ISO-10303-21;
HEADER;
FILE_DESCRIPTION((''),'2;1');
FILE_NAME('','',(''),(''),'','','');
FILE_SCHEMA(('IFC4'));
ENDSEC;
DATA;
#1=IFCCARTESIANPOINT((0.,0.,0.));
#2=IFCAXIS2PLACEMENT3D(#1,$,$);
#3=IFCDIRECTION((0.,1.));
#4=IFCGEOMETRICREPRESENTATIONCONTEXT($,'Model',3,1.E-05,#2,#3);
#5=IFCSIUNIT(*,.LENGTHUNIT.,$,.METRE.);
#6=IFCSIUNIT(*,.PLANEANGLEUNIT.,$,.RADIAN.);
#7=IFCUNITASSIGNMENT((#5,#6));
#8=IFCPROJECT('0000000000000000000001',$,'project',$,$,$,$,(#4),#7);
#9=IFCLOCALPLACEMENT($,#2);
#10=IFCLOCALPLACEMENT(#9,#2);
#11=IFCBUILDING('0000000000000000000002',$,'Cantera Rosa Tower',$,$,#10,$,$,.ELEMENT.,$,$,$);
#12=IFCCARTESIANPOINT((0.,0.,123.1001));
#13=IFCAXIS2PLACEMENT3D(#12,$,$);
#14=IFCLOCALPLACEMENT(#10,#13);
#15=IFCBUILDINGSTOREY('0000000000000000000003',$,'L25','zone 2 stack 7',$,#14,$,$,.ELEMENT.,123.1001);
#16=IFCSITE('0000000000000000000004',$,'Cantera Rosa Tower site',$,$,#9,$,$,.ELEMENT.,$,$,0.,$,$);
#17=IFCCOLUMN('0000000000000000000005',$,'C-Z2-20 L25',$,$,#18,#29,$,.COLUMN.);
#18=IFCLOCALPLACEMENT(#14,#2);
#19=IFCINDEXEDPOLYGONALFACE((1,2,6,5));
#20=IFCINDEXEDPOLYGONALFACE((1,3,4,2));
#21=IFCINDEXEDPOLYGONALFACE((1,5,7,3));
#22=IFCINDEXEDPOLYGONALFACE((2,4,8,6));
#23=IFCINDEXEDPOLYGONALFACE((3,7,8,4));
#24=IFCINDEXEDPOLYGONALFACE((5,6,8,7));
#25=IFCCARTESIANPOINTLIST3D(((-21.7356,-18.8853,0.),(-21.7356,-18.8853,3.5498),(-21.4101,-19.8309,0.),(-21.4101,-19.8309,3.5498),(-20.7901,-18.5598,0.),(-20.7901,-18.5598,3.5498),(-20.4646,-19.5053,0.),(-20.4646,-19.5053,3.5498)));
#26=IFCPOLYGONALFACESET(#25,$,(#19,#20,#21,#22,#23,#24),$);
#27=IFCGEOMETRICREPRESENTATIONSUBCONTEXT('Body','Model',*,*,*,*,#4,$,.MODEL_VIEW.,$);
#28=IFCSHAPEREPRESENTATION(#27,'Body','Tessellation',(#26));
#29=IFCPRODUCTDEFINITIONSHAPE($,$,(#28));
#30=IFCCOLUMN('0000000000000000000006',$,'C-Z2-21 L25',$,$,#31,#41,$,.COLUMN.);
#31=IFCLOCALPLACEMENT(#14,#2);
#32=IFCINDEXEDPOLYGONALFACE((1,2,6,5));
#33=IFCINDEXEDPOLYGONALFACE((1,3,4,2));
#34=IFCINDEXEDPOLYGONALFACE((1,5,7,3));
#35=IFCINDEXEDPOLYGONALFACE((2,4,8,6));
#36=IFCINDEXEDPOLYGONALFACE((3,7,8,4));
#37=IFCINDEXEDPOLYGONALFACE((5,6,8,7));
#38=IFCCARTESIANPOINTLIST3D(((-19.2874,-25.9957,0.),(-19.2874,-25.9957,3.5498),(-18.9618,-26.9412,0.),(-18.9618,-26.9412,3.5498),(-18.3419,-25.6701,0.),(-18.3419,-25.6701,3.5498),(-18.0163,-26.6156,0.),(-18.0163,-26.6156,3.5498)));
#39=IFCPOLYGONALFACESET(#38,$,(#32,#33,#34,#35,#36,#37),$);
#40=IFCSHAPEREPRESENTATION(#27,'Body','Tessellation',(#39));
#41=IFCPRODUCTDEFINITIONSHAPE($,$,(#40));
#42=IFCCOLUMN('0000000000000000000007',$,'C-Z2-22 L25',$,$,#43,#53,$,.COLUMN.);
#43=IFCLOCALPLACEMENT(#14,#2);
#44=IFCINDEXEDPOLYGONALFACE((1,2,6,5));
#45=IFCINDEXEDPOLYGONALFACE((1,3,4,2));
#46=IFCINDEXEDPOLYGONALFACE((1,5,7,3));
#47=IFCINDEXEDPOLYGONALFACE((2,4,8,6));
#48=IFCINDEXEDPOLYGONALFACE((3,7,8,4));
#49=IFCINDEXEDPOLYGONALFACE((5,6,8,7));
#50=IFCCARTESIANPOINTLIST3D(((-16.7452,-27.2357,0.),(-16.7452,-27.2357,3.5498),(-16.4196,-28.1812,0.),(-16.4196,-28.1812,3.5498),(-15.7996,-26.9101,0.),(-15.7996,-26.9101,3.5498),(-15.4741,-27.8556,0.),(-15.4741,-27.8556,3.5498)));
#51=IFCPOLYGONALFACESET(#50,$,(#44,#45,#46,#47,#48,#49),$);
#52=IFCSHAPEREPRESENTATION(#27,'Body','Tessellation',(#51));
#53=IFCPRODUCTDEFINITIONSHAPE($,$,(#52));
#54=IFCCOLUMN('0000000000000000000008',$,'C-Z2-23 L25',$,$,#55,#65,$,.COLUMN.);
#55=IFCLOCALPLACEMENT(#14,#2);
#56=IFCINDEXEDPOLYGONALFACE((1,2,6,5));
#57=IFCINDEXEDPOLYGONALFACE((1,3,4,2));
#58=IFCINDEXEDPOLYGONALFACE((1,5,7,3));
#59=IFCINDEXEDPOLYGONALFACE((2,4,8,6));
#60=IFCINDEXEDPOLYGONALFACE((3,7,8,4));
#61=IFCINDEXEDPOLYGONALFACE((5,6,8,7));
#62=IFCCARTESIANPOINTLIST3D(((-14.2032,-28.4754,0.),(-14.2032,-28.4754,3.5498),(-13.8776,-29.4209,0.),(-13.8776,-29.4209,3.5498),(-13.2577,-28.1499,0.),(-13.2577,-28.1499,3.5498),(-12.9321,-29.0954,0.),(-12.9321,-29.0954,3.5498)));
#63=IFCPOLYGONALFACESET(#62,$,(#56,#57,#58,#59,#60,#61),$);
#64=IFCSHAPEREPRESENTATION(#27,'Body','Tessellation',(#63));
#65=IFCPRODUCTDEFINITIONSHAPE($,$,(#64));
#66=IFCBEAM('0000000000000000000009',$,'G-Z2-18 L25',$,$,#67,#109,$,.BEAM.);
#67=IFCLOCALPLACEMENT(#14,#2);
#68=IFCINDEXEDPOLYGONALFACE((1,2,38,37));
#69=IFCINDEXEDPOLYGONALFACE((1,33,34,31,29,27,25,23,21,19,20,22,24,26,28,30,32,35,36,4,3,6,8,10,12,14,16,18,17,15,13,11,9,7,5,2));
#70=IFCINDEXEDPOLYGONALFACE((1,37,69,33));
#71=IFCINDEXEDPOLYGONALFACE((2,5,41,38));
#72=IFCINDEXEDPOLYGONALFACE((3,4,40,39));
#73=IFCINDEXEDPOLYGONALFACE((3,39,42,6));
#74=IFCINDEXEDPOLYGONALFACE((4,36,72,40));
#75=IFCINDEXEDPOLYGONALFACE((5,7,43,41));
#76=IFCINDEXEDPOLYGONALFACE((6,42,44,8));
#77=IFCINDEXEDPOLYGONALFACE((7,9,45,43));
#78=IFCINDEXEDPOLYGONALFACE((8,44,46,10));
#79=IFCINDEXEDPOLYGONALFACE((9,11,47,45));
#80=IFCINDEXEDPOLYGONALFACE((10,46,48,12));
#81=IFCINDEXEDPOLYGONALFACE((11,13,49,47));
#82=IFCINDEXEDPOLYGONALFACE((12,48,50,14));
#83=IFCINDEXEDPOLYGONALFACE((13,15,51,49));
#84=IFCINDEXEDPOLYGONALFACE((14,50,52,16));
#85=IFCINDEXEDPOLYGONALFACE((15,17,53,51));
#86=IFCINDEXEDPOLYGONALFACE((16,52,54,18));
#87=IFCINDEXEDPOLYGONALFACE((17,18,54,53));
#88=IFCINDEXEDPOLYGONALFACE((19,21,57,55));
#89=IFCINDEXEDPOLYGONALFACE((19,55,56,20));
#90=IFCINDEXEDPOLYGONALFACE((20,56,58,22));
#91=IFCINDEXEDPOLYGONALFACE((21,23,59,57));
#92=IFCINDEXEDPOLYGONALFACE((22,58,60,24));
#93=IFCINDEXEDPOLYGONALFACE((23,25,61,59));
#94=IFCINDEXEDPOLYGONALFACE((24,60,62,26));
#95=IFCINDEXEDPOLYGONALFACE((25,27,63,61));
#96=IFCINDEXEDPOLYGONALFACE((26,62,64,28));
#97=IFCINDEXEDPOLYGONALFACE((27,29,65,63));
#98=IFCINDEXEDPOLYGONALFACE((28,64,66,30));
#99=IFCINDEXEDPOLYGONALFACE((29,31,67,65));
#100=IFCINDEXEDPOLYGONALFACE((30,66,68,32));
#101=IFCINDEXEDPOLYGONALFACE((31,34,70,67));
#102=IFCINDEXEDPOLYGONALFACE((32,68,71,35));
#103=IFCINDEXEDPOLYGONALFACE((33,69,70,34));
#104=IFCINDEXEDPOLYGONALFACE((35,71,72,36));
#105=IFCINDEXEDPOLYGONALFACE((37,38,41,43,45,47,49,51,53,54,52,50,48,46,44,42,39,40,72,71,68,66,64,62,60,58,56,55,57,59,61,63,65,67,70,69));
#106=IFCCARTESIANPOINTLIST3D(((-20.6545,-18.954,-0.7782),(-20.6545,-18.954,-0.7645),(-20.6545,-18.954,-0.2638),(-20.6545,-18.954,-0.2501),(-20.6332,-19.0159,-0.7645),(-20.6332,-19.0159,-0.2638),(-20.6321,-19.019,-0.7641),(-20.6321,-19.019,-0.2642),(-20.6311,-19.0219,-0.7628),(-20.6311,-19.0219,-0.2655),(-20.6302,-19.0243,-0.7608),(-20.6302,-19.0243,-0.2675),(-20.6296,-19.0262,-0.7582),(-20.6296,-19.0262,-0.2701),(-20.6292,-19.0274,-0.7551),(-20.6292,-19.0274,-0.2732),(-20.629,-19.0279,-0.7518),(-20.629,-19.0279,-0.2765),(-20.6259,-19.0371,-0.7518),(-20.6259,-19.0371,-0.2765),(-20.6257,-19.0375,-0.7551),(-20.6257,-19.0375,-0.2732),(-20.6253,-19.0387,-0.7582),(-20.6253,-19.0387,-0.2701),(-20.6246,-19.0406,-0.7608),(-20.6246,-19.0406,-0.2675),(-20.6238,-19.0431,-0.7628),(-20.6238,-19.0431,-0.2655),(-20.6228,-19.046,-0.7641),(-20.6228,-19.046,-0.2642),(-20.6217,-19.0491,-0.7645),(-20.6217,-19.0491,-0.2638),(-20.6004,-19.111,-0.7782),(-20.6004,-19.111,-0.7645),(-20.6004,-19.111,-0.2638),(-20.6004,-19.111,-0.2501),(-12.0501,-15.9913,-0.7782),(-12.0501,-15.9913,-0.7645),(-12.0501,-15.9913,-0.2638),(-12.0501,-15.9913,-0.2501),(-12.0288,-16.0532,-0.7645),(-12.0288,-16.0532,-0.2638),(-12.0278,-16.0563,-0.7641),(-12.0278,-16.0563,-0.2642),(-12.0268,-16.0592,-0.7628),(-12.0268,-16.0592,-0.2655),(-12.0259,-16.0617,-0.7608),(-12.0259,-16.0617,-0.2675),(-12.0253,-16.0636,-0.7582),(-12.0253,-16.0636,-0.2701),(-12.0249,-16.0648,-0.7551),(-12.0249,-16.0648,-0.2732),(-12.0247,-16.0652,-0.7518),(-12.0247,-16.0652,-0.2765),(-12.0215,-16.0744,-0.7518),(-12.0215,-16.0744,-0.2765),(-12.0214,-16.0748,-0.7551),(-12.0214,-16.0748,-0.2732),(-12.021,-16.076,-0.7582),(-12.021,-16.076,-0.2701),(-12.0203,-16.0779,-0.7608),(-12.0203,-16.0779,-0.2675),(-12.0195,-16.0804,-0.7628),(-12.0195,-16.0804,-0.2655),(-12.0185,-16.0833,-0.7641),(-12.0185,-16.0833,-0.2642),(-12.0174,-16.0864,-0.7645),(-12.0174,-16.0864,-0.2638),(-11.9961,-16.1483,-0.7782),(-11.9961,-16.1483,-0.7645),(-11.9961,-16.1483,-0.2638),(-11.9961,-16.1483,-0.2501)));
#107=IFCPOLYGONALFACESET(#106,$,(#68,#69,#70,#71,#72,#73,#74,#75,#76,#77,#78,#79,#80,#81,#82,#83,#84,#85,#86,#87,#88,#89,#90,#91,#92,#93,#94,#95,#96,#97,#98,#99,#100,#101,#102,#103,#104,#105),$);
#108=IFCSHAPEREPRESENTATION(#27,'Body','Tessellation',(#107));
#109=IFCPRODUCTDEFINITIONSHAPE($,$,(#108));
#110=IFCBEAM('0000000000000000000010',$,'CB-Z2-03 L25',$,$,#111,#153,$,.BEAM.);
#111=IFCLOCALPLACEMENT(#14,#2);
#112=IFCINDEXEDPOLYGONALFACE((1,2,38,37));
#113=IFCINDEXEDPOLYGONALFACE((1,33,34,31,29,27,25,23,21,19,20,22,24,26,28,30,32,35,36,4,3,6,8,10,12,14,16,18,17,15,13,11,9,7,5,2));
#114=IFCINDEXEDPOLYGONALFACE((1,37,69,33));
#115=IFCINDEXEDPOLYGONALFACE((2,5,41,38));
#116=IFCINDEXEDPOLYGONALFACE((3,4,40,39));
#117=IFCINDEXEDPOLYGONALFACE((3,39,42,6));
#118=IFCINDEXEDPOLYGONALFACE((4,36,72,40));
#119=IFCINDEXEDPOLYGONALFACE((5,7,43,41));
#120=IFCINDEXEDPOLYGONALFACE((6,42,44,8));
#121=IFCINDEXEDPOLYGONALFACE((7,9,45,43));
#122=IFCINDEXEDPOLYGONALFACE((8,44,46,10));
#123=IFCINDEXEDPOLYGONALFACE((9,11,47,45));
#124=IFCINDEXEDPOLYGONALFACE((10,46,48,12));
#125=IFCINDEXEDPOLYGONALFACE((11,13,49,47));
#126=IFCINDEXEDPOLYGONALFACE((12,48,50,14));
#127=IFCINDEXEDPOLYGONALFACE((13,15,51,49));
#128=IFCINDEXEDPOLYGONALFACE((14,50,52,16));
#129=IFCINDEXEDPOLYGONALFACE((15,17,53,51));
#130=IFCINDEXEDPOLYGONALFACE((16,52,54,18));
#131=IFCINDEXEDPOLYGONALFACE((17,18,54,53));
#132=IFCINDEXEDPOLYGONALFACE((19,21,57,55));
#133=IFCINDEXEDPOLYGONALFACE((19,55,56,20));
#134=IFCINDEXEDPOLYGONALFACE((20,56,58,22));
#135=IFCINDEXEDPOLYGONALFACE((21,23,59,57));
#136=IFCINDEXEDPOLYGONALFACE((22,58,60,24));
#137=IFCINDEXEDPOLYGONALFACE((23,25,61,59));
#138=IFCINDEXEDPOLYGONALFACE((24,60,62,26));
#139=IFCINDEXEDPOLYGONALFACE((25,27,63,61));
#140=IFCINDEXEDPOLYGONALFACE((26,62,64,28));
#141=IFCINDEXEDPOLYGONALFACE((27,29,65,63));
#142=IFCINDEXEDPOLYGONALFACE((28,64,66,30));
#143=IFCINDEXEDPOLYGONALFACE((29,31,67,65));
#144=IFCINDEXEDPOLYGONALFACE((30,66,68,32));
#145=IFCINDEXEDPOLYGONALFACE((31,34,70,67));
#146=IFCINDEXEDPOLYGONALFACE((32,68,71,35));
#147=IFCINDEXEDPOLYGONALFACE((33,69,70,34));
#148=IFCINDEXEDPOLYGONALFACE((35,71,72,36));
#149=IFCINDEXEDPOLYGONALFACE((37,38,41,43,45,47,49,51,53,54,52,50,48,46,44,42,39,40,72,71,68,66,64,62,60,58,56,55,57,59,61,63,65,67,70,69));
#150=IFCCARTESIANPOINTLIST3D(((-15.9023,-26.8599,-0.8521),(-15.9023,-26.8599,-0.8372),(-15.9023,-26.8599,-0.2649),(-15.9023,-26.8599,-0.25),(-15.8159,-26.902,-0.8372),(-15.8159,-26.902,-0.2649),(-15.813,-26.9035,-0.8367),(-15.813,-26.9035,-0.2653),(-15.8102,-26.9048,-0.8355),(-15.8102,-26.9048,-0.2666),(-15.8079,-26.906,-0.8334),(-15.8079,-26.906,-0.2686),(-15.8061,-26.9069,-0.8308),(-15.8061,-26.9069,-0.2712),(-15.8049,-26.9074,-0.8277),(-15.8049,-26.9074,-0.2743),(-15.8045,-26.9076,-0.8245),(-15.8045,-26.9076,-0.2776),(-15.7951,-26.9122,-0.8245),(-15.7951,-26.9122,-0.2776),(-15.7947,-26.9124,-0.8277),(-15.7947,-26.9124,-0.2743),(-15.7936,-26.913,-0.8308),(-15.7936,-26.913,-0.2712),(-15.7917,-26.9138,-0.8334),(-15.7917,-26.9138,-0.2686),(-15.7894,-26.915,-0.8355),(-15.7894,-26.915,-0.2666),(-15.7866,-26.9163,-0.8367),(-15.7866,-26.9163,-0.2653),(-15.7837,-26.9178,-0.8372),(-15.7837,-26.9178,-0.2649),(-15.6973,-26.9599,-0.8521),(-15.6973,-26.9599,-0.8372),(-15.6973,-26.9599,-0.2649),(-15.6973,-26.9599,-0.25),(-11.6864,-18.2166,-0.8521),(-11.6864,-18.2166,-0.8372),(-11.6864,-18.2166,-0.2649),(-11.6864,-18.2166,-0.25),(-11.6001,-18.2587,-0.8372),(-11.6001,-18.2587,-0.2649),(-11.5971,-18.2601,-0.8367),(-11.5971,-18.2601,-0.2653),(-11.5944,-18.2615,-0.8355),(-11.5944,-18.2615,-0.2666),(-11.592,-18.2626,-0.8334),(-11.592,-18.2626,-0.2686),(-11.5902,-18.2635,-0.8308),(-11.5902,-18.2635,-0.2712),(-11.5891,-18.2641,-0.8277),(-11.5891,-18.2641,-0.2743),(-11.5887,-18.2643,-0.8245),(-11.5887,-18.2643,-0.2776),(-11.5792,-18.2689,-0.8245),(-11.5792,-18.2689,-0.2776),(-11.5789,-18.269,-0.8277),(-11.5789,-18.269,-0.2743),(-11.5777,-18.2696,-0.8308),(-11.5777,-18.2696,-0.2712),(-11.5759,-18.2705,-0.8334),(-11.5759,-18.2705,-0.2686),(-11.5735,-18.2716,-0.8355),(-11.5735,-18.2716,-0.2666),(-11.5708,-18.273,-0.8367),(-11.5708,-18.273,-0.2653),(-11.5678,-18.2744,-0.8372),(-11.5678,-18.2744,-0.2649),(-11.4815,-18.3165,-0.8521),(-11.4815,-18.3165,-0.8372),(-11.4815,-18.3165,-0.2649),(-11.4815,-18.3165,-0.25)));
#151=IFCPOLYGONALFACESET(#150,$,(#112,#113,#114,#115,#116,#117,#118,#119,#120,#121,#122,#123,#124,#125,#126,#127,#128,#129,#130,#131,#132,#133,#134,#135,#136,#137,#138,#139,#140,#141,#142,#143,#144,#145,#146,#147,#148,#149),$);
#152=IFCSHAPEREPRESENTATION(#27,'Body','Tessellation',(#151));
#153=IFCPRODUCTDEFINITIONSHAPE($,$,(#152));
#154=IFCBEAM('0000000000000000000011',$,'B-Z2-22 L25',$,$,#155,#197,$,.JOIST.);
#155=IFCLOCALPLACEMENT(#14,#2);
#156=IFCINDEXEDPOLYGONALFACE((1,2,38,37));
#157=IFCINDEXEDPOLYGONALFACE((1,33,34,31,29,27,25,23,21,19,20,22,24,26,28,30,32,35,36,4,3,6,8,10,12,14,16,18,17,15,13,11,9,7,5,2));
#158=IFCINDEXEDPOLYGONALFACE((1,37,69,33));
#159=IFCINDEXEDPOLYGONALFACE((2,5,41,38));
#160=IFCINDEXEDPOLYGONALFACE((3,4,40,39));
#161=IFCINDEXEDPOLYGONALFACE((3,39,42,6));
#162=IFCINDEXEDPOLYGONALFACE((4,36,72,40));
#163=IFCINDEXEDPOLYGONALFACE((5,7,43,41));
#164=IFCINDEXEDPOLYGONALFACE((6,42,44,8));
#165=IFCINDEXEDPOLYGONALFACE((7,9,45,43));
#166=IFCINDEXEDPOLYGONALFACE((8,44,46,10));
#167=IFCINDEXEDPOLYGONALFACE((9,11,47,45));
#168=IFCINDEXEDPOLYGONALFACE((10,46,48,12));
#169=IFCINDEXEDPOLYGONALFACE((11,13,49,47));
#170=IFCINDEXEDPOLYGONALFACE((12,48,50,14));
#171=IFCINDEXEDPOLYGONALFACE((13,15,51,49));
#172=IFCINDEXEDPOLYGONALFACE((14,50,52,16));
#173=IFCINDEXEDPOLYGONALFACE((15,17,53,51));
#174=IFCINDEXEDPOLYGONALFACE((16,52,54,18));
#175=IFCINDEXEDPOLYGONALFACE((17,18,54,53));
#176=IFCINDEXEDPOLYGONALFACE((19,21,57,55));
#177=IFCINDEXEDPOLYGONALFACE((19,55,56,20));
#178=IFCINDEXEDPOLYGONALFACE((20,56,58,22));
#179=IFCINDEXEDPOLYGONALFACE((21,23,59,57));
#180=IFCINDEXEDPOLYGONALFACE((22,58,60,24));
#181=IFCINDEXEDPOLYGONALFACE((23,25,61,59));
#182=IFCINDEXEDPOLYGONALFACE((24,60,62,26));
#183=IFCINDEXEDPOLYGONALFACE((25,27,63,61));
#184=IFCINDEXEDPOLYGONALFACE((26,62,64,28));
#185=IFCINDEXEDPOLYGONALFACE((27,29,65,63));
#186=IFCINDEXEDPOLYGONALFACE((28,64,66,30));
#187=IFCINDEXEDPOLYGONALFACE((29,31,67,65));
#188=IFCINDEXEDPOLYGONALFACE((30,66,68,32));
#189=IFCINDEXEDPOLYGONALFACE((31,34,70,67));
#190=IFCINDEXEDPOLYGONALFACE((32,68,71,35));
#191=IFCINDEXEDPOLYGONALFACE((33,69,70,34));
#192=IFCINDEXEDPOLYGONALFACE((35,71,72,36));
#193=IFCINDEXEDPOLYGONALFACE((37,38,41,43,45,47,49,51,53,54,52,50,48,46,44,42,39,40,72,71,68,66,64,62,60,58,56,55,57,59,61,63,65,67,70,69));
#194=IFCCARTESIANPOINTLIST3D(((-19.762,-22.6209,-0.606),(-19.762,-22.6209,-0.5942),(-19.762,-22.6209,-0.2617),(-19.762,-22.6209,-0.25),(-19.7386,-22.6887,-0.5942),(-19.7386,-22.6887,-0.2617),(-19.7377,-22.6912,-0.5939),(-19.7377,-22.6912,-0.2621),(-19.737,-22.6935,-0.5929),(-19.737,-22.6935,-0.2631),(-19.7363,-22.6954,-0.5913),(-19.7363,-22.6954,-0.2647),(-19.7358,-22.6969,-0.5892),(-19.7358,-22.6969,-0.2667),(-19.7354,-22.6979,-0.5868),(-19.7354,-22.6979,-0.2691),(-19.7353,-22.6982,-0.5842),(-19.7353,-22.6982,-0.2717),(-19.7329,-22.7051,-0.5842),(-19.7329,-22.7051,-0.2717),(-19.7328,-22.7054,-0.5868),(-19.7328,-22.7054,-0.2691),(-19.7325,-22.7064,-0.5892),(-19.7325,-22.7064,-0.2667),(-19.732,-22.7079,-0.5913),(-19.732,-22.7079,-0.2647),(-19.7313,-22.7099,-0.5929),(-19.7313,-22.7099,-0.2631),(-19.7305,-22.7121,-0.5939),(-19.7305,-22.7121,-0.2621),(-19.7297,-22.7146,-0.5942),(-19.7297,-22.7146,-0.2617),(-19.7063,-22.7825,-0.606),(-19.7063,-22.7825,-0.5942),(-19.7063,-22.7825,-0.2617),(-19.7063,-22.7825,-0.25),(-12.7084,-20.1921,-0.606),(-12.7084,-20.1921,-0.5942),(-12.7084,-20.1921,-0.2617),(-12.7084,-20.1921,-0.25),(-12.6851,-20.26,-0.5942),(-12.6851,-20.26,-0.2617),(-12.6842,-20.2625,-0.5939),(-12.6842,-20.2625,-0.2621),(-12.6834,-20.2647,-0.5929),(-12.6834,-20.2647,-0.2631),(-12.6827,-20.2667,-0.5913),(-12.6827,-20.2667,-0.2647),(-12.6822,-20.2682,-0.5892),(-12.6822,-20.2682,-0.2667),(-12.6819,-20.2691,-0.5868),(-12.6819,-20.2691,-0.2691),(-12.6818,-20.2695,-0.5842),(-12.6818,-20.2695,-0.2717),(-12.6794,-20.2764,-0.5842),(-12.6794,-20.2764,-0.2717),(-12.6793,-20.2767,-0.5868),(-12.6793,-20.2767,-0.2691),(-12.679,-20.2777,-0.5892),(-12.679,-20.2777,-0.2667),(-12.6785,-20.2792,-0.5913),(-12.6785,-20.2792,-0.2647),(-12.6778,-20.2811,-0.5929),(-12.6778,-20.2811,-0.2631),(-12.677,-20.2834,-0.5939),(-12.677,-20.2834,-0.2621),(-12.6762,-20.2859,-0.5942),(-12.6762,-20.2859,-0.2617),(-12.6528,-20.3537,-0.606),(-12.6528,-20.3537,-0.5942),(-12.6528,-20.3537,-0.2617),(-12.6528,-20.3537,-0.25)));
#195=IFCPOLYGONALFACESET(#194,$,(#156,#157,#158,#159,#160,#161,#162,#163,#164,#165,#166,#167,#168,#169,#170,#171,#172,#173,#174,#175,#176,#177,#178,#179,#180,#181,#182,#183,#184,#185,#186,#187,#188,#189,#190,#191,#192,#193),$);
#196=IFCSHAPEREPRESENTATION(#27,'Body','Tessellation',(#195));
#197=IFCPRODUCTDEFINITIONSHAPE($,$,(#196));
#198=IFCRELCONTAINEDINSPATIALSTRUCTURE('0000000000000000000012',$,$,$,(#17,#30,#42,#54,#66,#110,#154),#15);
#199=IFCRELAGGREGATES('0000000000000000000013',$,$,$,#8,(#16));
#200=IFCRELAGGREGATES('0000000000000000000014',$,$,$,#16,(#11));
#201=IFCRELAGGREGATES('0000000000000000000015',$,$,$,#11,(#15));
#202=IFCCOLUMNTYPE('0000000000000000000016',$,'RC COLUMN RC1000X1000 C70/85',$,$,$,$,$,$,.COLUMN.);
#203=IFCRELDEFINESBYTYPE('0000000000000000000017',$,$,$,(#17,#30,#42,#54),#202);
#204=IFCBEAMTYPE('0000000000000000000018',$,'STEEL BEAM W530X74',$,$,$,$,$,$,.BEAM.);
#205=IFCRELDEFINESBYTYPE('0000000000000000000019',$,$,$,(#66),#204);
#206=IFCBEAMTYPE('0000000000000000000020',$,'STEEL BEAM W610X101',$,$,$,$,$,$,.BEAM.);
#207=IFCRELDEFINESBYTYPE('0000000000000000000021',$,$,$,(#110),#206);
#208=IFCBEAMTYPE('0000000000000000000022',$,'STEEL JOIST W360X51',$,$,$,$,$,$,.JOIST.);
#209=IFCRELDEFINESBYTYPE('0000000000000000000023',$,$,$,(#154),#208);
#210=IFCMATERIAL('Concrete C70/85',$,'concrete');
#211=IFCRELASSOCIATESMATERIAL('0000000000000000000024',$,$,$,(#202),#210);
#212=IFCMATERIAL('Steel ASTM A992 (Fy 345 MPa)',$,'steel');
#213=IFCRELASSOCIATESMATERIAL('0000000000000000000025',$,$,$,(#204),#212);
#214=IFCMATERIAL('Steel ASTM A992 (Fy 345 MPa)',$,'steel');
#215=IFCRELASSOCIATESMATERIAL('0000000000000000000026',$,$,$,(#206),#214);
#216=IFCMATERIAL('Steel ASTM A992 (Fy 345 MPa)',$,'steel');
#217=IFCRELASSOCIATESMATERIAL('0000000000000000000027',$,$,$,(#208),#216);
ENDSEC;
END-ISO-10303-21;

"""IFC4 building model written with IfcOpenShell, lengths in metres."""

from ifc_helpers import new_model, si_unit, direction, frame, origin, origin_2d, place, context, subcontext, project, spatial, rectangle, i_section, extrude, material, material_profile, profile_set, type_object, element, save


model = new_model("IFC4")

# Units and contexts
model_context = context("Model", 3, precision=1e-05, world=origin(), true_north=direction((0.0, 1.0)))
body_context = subcontext(model_context, "Body", "Model", "MODEL_VIEW")
ifc_project = project(units=[si_unit("LENGTHUNIT", "METRE"), si_unit("PLANEANGLEUNIT", "RADIAN")], contexts=[model_context])

# Site, building, storey
site_placement = place(None, origin())
site = spatial("IfcSite", under=ifc_project, at=site_placement, Name="Cantera Rosa Tower site", CompositionType="ELEMENT", RefElevation=0.0)
building_placement = place(site_placement, origin())
building = spatial("IfcBuilding", under=site, at=building_placement, Name="Cantera Rosa Tower", CompositionType="ELEMENT")
storey_placement = place(building_placement, frame((0.0, 0.0, 123.1001)))
storey = spatial("IfcBuildingStorey", under=building, at=storey_placement, Name="L25", Description="zone 2 stack 7", CompositionType="ELEMENT", Elevation=123.1001)

# Columns
ifc_material_1 = material(Name="Concrete C70/85", Category="concrete")
ifc_material_profile_1 = material_profile(ifc_material_1, rectangle(XDim=1.0, YDim=1.0, at=origin_2d()), Name="RC COLUMN RC1000X1000 C70/85")
ifc_profile_set_1 = profile_set([ifc_material_profile_1], Name="Concrete C70/85")
column_type = type_object("IfcColumnType", Name="RC COLUMN RC1000X1000 C70/85", PredefinedType="COLUMN", material=ifc_profile_set_1)
for number, where, z_axis, x_axis, name in (
    (1, (-21.1001, -19.1953, 0.0), (0.0, 0.0, 1.0), (0.945519, 0.325568, 0.0), "C-Z2-20 L25"),
    (2, (-18.6519, -26.3057, 0.0), (0.0, 0.0, 1.0), (0.945519, 0.325568, 0.0), "C-Z2-21 L25"),
    (3, (-16.1096, -27.5457, 0.0), (0.0, 0.0, 1.0), (0.945519, 0.325568, 0.0), "C-Z2-22 L25"),
    (4, (-13.5676, -28.7854, 0.0), (0.0, 0.0, 1.0), (0.945519, 0.325568, 0.0), "C-Z2-23 L25"),
):
    element("IfcColumn", number, at=place(storey_placement, frame(where, z_axis=z_axis, x_axis=x_axis)), inside=storey, type_object=column_type, Name=name, PredefinedType="COLUMN", context=body_context, shape_type="SweptSolid", body=[
        extrude(rectangle(XDim=1.0, YDim=1.0, at=origin_2d()), origin(), (0.0, 0.0, 1.0), 3.5498),
    ])

# Beams
ifc_material_2 = material(Name="Steel ASTM A992 (Fy 345 MPa)", Category="steel")
ifc_material_profile_2 = material_profile(ifc_material_2, i_section(OverallWidth=0.166, OverallDepth=0.5281, WebThickness=0.0098, FlangeThickness=0.0137, FilletRadius=0.0127, at=origin_2d()), Name="W530X74")
ifc_profile_set_2 = profile_set([ifc_material_profile_2], Name="Steel ASTM A992 (Fy 345 MPa)")
beam_type_1 = type_object("IfcBeamType", Name="STEEL BEAM W530X74", PredefinedType="BEAM", material=ifc_profile_set_2)
beam_1_placement = place(storey_placement, frame((-20.6274, -19.0325, -0.5142), z_axis=(0.94552, 0.325565, 0.0), x_axis=(-0.325565, 0.94552, 0.0)))
element("IfcBeam", 5, at=beam_1_placement, inside=storey, type_object=beam_type_1, Name="G-Z2-18 L25", PredefinedType="BEAM", context=body_context, shape_type="SweptSolid", body=[
    extrude(i_section(OverallWidth=0.166, OverallDepth=0.5281, WebThickness=0.0098, FlangeThickness=0.0137, FilletRadius=0.0127, at=origin_2d()), origin(), (0.0, 0.0, 1.0), 9.1001),
])
ifc_material_3 = material(Name="Steel ASTM A992 (Fy 345 MPa)", Category="steel")
ifc_material_profile_3 = material_profile(ifc_material_3, i_section(OverallWidth=0.228, OverallDepth=0.6021, WebThickness=0.0105, FlangeThickness=0.0149, FilletRadius=0.0127, at=origin_2d()), Name="W610X101")
ifc_profile_set_3 = profile_set([ifc_material_profile_3], Name="Steel ASTM A992 (Fy 345 MPa)")
beam_type_2 = type_object("IfcBeamType", Name="STEEL BEAM W610X101", PredefinedType="BEAM", material=ifc_profile_set_3)
beam_2_placement = place(storey_placement, frame((-15.7998, -26.9099, -0.551), z_axis=(0.438388, 0.898786, 0.0), x_axis=(-0.898786, 0.438388, 0.0)))
element("IfcBeam", 6, at=beam_2_placement, inside=storey, type_object=beam_type_2, Name="CB-Z2-03 L25", PredefinedType="BEAM", context=body_context, shape_type="SweptSolid", body=[
    extrude(i_section(OverallWidth=0.228, OverallDepth=0.6021, WebThickness=0.0105, FlangeThickness=0.0149, FilletRadius=0.0127, at=origin_2d()), origin(), (0.0, 0.0, 1.0), 9.6167),
])
ifc_material_4 = material(Name="Steel ASTM A992 (Fy 345 MPa)", Category="steel")
ifc_material_profile_4 = material_profile(ifc_material_4, i_section(OverallWidth=0.1709, OverallDepth=0.356, WebThickness=0.0073, FlangeThickness=0.0117, FilletRadius=0.01, at=origin_2d()), Name="W360X51")
ifc_profile_set_4 = profile_set([ifc_material_profile_4], Name="Steel ASTM A992 (Fy 345 MPa)")
beam_type_3 = type_object("IfcBeamType", Name="STEEL JOIST W360X51", PredefinedType="JOIST", material=ifc_profile_set_4)
beam_3_placement = place(storey_placement, frame((-19.7341, -22.7017, -0.428), z_axis=(0.945518, 0.325569, 0.0), x_axis=(-0.325569, 0.945518, 0.0)))
element("IfcBeam", 7, at=beam_3_placement, inside=storey, type_object=beam_type_3, Name="B-Z2-22 L25", PredefinedType="JOIST", context=body_context, shape_type="SweptSolid", body=[
    extrude(i_section(OverallWidth=0.1709, OverallDepth=0.356, WebThickness=0.0073, FlangeThickness=0.0117, FilletRadius=0.01, at=origin_2d()), origin(), (0.0, 0.0, 1.0), 7.46),
])

save(model, "model.ifc")
